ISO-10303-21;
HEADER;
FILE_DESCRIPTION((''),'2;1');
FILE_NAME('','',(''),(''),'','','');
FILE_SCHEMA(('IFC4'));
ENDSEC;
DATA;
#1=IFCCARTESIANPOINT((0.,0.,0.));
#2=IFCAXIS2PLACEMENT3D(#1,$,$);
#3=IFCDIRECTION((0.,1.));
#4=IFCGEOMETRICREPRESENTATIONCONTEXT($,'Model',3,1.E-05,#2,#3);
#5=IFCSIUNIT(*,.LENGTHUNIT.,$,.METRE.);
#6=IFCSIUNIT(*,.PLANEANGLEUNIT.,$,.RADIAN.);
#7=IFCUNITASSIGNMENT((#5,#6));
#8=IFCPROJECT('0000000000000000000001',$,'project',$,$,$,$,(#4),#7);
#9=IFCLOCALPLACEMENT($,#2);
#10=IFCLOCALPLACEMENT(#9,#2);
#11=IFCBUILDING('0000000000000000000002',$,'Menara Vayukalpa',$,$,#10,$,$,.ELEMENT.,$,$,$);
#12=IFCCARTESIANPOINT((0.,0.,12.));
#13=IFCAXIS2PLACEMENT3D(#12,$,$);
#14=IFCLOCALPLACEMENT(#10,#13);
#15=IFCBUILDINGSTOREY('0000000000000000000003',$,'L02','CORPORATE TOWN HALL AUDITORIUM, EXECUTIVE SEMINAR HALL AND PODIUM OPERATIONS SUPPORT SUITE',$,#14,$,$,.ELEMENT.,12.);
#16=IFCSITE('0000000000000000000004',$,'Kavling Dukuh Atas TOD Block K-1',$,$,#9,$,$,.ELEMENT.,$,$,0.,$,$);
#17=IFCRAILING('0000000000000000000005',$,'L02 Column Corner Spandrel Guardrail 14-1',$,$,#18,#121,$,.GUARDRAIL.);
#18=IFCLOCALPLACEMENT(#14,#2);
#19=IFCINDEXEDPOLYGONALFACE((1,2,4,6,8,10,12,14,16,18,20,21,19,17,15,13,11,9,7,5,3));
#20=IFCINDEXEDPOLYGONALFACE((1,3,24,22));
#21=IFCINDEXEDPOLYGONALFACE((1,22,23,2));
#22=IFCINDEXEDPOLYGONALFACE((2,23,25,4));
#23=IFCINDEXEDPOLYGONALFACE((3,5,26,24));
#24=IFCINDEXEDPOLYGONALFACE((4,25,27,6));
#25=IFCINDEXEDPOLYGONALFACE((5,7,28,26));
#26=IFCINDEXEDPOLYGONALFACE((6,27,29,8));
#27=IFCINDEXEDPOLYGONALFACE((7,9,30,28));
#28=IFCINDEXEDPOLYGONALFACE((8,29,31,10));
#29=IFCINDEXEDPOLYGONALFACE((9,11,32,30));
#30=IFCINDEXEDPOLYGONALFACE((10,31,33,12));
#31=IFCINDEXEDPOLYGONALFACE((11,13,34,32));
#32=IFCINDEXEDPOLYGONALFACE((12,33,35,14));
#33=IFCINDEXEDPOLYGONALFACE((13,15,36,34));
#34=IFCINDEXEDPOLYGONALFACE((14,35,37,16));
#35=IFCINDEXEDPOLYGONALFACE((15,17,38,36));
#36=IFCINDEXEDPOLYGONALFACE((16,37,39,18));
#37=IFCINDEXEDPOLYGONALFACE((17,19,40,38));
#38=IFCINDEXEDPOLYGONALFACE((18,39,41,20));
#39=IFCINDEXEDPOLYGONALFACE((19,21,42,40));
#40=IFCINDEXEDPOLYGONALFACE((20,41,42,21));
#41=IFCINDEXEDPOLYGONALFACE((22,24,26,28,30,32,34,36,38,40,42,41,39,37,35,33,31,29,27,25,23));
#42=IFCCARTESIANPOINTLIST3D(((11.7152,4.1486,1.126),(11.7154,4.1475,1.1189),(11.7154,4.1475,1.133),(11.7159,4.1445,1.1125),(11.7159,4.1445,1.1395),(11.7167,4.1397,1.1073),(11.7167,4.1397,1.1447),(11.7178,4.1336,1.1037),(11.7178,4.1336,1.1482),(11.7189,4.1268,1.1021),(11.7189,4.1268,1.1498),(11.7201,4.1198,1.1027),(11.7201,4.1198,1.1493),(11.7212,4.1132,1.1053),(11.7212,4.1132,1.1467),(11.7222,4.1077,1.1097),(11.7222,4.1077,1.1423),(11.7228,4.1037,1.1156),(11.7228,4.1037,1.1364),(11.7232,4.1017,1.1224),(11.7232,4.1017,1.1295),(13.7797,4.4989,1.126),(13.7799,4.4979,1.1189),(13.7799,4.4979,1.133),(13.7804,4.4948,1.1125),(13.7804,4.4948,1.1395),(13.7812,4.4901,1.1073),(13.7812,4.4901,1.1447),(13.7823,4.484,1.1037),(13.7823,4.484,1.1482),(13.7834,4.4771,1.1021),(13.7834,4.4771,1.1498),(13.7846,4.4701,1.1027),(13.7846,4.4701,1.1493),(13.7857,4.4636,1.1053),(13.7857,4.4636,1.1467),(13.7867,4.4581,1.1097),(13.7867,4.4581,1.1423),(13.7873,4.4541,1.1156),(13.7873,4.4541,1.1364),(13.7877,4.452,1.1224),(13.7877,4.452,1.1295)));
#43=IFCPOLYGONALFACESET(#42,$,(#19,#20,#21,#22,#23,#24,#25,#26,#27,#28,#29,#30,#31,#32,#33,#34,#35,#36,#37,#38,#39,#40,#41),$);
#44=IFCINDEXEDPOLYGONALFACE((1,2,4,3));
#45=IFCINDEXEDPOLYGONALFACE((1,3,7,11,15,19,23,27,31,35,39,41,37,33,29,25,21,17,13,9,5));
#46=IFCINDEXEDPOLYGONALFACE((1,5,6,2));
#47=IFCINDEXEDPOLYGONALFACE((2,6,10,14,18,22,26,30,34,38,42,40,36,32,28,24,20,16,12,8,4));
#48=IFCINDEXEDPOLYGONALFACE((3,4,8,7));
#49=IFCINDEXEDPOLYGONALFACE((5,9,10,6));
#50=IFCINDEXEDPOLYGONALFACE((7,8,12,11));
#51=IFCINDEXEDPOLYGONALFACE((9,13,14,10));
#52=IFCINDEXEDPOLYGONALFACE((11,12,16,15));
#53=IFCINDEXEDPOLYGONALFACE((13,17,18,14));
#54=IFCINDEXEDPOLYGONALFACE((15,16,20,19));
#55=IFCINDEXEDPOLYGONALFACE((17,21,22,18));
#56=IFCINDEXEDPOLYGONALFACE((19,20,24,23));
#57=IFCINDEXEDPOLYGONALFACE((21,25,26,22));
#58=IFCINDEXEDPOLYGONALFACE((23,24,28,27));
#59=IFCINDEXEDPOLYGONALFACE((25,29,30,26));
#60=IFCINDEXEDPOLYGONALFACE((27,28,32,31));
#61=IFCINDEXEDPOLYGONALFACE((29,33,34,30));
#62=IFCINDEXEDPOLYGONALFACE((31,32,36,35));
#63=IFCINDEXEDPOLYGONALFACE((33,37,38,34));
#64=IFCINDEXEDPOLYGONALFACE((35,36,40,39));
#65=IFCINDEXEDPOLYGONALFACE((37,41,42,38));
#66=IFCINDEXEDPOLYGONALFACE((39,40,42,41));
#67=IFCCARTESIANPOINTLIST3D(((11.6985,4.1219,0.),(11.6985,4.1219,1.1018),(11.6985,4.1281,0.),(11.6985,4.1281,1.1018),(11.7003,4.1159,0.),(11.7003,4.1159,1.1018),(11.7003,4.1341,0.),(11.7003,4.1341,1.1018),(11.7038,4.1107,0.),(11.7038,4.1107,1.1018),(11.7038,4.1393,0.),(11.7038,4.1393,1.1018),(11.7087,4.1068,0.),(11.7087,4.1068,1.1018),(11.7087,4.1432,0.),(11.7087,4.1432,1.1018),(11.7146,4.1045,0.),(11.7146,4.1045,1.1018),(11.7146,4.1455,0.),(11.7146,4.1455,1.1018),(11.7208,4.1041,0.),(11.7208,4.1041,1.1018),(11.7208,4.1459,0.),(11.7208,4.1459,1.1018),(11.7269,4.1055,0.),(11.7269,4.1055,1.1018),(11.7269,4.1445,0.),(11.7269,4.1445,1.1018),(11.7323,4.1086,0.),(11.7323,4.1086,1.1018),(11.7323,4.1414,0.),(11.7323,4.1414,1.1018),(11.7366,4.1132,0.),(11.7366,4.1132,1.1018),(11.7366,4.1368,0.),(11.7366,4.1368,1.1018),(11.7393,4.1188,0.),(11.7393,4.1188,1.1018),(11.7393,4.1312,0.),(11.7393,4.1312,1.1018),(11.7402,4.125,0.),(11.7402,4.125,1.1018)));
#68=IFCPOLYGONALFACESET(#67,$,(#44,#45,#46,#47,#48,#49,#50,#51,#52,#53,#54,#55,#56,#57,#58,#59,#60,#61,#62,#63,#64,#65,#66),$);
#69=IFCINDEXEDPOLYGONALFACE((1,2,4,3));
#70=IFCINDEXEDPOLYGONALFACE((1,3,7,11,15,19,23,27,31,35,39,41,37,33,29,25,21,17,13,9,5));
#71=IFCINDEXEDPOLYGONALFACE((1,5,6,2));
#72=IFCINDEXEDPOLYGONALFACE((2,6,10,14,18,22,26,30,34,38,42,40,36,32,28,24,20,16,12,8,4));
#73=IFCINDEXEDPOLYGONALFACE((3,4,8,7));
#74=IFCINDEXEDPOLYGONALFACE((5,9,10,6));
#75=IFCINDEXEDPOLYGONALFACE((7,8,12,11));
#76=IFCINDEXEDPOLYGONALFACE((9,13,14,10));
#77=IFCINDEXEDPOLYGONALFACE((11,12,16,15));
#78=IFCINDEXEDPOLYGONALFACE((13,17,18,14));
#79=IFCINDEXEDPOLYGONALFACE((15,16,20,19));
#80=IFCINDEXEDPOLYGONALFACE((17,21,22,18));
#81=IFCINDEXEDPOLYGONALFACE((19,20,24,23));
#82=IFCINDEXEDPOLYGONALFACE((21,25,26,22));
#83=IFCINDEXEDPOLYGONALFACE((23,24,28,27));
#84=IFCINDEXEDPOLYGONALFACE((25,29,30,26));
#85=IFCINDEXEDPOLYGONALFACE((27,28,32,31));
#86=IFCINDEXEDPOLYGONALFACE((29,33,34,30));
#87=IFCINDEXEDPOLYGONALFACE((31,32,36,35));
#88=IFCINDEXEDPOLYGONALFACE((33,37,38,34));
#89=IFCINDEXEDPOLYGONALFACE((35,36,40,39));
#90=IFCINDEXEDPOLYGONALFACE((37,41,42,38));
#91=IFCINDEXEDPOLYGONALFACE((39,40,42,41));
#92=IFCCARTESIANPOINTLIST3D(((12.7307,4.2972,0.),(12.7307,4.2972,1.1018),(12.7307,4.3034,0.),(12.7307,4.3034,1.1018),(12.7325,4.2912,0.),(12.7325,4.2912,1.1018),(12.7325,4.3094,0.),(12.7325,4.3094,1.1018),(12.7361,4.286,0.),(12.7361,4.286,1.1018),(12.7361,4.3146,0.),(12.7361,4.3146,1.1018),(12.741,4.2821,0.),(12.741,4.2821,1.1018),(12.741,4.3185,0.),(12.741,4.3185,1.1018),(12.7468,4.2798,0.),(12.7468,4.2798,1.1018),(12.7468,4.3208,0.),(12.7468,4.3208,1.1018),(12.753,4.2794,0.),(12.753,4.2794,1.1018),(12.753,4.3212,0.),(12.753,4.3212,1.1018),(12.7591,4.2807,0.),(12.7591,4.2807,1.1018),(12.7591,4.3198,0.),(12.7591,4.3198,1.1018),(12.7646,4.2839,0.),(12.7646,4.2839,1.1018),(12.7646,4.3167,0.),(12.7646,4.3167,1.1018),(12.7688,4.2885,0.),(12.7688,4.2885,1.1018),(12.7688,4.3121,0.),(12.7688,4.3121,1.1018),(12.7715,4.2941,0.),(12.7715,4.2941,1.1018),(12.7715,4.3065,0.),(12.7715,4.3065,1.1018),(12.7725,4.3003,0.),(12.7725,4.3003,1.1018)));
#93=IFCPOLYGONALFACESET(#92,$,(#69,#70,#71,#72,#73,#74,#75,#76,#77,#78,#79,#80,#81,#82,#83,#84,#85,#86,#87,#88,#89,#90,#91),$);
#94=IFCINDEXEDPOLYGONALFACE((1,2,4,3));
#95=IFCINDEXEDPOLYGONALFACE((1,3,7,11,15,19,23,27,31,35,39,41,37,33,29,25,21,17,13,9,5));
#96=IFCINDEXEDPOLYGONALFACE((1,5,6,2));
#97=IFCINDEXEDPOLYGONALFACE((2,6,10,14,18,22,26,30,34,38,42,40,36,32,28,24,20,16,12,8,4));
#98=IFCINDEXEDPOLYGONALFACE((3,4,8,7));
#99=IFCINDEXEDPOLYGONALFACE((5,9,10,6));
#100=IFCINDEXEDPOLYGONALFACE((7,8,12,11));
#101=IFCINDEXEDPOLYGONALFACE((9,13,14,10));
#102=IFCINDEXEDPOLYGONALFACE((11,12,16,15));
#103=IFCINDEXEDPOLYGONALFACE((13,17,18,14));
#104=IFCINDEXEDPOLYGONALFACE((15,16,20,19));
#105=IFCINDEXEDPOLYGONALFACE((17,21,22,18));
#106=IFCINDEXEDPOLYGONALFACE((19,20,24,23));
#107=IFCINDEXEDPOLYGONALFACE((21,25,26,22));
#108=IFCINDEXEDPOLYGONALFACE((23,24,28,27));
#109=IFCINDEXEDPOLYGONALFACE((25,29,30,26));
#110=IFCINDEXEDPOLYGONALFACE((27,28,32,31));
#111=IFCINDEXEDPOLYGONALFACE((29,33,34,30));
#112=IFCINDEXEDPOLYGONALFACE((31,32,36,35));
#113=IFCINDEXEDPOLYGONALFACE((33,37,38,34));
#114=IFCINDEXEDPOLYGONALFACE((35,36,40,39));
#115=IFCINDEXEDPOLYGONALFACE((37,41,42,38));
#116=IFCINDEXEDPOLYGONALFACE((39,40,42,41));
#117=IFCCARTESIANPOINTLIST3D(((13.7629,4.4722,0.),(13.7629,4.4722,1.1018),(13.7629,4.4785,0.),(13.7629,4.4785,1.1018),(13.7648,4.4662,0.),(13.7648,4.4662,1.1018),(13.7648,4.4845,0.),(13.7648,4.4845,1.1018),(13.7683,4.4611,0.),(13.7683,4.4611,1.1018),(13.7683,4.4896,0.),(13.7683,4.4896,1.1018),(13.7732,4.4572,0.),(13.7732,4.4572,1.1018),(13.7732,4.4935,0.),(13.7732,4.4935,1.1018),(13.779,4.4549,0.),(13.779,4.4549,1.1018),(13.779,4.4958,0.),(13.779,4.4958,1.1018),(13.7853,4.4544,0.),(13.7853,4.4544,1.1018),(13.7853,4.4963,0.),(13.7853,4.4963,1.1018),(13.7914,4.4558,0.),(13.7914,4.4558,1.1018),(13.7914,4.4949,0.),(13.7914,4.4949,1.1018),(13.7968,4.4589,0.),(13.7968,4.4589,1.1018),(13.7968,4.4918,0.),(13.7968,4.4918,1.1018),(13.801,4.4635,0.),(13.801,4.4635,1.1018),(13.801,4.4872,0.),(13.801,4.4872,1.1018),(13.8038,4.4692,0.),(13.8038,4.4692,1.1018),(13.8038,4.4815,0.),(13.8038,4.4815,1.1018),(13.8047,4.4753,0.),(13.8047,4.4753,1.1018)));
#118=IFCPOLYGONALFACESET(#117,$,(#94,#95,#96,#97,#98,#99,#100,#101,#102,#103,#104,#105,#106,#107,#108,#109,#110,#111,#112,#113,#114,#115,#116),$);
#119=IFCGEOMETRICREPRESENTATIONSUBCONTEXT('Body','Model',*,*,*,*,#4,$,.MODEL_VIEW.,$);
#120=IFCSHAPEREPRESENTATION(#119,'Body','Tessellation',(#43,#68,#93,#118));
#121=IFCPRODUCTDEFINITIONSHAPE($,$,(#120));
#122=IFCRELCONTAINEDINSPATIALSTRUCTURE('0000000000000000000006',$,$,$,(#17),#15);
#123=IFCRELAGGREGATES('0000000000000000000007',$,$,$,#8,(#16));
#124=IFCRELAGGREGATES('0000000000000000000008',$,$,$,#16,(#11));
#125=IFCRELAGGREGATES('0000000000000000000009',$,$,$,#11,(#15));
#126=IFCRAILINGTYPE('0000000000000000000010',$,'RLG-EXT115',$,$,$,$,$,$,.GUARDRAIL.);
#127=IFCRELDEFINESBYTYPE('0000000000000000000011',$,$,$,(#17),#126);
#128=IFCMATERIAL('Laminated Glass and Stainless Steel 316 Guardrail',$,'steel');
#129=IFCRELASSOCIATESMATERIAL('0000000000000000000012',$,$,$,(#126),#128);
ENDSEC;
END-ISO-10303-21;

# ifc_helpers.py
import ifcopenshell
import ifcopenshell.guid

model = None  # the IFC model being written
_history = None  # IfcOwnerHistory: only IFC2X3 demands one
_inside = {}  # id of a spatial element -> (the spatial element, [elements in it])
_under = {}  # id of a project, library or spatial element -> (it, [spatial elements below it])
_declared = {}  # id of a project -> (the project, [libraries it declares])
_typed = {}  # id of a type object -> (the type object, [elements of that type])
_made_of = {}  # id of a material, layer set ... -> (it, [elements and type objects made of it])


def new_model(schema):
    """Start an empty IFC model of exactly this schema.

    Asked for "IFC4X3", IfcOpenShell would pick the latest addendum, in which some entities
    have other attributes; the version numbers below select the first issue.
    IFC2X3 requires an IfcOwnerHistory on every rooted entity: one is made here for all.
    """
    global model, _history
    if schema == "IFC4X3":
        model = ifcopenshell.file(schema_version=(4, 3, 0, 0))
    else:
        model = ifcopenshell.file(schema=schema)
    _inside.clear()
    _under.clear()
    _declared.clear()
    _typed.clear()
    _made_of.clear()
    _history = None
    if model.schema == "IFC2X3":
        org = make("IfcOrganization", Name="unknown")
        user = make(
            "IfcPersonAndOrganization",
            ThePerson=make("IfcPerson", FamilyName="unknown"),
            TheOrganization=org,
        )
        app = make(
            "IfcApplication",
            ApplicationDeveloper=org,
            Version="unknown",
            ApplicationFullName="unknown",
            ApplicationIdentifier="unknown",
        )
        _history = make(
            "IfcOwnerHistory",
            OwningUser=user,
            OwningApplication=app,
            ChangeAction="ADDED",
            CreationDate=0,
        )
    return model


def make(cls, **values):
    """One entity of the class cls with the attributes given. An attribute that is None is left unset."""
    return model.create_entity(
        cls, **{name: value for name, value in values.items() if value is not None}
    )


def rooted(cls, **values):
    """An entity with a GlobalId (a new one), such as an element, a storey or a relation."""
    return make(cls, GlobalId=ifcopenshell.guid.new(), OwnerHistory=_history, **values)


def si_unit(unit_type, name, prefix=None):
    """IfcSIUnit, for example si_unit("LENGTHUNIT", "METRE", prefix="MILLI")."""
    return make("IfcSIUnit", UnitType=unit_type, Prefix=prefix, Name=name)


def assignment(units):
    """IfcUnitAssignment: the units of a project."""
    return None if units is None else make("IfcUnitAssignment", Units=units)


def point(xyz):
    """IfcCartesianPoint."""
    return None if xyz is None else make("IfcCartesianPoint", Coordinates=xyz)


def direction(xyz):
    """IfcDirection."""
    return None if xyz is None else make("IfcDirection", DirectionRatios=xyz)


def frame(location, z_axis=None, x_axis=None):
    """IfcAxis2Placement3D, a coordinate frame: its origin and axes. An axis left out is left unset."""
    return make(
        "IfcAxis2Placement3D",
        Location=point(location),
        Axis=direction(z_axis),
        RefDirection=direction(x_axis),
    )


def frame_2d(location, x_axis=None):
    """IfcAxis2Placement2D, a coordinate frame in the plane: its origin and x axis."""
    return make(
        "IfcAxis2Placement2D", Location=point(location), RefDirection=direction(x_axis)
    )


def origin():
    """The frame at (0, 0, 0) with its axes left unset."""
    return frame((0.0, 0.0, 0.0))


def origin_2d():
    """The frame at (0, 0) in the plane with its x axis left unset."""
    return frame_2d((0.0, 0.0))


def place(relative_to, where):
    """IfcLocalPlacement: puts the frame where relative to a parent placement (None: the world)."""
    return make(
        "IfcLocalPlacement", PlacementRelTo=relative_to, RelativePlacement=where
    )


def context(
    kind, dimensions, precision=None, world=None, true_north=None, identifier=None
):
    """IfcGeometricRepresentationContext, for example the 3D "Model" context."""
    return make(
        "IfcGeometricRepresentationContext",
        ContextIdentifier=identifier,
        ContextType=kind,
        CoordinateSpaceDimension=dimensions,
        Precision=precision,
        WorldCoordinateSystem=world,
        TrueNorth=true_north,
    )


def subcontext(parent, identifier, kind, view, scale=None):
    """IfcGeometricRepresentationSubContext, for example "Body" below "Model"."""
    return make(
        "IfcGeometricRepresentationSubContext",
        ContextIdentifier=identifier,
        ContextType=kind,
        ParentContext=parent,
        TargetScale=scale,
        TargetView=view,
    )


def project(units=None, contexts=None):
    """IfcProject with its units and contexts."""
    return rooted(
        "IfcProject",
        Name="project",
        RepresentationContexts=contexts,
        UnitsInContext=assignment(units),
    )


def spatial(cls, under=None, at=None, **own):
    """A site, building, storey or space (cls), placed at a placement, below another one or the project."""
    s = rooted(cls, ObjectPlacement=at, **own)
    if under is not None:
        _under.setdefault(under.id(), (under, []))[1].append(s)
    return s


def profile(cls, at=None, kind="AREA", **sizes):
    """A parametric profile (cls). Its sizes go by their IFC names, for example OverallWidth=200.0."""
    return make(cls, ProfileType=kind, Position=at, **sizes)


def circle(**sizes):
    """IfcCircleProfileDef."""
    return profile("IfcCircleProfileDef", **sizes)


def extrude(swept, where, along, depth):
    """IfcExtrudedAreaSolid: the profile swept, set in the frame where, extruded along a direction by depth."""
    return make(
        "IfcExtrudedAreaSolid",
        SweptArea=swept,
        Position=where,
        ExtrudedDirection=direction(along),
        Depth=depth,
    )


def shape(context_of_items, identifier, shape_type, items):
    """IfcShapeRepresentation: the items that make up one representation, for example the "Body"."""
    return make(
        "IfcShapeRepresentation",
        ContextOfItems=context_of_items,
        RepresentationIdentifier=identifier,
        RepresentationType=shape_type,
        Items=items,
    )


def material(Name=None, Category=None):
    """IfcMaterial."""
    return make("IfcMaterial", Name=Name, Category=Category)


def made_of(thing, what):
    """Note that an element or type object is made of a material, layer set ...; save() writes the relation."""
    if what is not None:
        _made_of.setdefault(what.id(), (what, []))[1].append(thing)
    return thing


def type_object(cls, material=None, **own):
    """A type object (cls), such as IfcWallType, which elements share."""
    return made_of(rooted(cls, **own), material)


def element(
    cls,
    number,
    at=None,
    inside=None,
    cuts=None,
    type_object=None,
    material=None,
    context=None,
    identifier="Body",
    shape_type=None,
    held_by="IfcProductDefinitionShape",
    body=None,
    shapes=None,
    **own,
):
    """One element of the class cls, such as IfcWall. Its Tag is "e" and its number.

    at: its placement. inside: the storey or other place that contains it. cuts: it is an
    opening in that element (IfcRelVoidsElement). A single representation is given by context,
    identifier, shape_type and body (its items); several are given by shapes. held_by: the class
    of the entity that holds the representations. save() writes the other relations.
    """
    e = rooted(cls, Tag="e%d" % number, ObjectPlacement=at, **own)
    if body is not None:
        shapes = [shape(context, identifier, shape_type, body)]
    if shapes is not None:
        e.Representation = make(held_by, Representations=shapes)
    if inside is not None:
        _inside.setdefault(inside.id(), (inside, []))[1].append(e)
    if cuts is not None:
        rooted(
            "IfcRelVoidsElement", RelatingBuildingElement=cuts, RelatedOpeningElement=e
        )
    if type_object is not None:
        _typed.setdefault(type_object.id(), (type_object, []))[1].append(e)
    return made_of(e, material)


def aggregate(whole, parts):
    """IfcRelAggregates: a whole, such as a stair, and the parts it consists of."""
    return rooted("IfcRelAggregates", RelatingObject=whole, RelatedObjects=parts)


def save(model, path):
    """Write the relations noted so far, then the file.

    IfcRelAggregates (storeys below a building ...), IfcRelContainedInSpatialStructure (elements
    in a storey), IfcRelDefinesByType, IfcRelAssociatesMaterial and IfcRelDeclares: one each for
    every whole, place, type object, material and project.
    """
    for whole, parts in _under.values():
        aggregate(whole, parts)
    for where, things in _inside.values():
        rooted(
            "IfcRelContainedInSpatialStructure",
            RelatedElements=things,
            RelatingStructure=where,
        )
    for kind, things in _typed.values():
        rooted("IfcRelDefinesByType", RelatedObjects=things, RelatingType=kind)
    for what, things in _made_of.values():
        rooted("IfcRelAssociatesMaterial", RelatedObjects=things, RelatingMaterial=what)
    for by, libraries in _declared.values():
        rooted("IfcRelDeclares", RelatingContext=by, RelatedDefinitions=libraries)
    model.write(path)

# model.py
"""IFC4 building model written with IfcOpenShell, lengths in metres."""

from ifc_helpers import new_model, si_unit, direction, frame, origin, origin_2d, place, context, subcontext, project, spatial, circle, extrude, material, type_object, element, save


model = new_model("IFC4")

# Units and contexts
model_context = context("Model", 3, precision=1e-05, world=origin(), true_north=direction((0.0, 1.0)))
body_context = subcontext(model_context, "Body", "Model", "MODEL_VIEW")
ifc_project = project(units=[si_unit("LENGTHUNIT", "METRE"), si_unit("PLANEANGLEUNIT", "RADIAN")], contexts=[model_context])

# Site, building, storey
site_placement = place(None, origin())
site = spatial("IfcSite", under=ifc_project, at=site_placement, Name="Kavling Dukuh Atas TOD Block K-1", CompositionType="ELEMENT", RefElevation=0.0)
building_placement = place(site_placement, origin())
building = spatial("IfcBuilding", under=site, at=building_placement, Name="Menara Vayukalpa", CompositionType="ELEMENT")
storey_placement = place(building_placement, frame((0.0, 0.0, 12.0)))
storey = spatial("IfcBuildingStorey", under=building, at=storey_placement, Name="L02", Description="CORPORATE TOWN HALL AUDITORIUM, EXECUTIVE SEMINAR HALL AND PODIUM OPERATIONS SUPPORT SUITE", CompositionType="ELEMENT", Elevation=12.0)

# Railing
ifc_material_1 = material(Name="Laminated Glass and Stainless Steel 316 Guardrail", Category="steel")
railing_type = type_object("IfcRailingType", Name="RLG-EXT115", PredefinedType="GUARDRAIL", material=ifc_material_1)
railing_1_placement = place(storey_placement, frame((11.7192, 4.125, 0.0)))
element("IfcRailing", 1, at=railing_1_placement, inside=storey, type_object=railing_type, Name="L02 Column Corner Spandrel Guardrail 14-1", PredefinedType="GUARDRAIL", context=body_context, shape_type="SweptSolid", body=[
    extrude(circle(Radius=0.0239, at=origin_2d()), frame((0.0, 0.0, 1.126), z_axis=(0.985904, 0.16731, 0.0), x_axis=(-0.16731, 0.985904, 0.0)), (0.0, 0.0, 1.0), 2.094),
    extrude(circle(Radius=0.021, at=origin_2d()), origin(), (0.0, 0.0, 1.0), 1.1018),
    extrude(circle(Radius=0.021, at=origin_2d()), frame((1.0322, 0.1753, 0.0)), (0.0, 0.0, 1.0), 1.1018),
    extrude(circle(Radius=0.021, at=origin_2d()), frame((2.0645, 0.3503, 0.0)), (0.0, 0.0, 1.0), 1.1018),
])

save(model, "model.ifc")
